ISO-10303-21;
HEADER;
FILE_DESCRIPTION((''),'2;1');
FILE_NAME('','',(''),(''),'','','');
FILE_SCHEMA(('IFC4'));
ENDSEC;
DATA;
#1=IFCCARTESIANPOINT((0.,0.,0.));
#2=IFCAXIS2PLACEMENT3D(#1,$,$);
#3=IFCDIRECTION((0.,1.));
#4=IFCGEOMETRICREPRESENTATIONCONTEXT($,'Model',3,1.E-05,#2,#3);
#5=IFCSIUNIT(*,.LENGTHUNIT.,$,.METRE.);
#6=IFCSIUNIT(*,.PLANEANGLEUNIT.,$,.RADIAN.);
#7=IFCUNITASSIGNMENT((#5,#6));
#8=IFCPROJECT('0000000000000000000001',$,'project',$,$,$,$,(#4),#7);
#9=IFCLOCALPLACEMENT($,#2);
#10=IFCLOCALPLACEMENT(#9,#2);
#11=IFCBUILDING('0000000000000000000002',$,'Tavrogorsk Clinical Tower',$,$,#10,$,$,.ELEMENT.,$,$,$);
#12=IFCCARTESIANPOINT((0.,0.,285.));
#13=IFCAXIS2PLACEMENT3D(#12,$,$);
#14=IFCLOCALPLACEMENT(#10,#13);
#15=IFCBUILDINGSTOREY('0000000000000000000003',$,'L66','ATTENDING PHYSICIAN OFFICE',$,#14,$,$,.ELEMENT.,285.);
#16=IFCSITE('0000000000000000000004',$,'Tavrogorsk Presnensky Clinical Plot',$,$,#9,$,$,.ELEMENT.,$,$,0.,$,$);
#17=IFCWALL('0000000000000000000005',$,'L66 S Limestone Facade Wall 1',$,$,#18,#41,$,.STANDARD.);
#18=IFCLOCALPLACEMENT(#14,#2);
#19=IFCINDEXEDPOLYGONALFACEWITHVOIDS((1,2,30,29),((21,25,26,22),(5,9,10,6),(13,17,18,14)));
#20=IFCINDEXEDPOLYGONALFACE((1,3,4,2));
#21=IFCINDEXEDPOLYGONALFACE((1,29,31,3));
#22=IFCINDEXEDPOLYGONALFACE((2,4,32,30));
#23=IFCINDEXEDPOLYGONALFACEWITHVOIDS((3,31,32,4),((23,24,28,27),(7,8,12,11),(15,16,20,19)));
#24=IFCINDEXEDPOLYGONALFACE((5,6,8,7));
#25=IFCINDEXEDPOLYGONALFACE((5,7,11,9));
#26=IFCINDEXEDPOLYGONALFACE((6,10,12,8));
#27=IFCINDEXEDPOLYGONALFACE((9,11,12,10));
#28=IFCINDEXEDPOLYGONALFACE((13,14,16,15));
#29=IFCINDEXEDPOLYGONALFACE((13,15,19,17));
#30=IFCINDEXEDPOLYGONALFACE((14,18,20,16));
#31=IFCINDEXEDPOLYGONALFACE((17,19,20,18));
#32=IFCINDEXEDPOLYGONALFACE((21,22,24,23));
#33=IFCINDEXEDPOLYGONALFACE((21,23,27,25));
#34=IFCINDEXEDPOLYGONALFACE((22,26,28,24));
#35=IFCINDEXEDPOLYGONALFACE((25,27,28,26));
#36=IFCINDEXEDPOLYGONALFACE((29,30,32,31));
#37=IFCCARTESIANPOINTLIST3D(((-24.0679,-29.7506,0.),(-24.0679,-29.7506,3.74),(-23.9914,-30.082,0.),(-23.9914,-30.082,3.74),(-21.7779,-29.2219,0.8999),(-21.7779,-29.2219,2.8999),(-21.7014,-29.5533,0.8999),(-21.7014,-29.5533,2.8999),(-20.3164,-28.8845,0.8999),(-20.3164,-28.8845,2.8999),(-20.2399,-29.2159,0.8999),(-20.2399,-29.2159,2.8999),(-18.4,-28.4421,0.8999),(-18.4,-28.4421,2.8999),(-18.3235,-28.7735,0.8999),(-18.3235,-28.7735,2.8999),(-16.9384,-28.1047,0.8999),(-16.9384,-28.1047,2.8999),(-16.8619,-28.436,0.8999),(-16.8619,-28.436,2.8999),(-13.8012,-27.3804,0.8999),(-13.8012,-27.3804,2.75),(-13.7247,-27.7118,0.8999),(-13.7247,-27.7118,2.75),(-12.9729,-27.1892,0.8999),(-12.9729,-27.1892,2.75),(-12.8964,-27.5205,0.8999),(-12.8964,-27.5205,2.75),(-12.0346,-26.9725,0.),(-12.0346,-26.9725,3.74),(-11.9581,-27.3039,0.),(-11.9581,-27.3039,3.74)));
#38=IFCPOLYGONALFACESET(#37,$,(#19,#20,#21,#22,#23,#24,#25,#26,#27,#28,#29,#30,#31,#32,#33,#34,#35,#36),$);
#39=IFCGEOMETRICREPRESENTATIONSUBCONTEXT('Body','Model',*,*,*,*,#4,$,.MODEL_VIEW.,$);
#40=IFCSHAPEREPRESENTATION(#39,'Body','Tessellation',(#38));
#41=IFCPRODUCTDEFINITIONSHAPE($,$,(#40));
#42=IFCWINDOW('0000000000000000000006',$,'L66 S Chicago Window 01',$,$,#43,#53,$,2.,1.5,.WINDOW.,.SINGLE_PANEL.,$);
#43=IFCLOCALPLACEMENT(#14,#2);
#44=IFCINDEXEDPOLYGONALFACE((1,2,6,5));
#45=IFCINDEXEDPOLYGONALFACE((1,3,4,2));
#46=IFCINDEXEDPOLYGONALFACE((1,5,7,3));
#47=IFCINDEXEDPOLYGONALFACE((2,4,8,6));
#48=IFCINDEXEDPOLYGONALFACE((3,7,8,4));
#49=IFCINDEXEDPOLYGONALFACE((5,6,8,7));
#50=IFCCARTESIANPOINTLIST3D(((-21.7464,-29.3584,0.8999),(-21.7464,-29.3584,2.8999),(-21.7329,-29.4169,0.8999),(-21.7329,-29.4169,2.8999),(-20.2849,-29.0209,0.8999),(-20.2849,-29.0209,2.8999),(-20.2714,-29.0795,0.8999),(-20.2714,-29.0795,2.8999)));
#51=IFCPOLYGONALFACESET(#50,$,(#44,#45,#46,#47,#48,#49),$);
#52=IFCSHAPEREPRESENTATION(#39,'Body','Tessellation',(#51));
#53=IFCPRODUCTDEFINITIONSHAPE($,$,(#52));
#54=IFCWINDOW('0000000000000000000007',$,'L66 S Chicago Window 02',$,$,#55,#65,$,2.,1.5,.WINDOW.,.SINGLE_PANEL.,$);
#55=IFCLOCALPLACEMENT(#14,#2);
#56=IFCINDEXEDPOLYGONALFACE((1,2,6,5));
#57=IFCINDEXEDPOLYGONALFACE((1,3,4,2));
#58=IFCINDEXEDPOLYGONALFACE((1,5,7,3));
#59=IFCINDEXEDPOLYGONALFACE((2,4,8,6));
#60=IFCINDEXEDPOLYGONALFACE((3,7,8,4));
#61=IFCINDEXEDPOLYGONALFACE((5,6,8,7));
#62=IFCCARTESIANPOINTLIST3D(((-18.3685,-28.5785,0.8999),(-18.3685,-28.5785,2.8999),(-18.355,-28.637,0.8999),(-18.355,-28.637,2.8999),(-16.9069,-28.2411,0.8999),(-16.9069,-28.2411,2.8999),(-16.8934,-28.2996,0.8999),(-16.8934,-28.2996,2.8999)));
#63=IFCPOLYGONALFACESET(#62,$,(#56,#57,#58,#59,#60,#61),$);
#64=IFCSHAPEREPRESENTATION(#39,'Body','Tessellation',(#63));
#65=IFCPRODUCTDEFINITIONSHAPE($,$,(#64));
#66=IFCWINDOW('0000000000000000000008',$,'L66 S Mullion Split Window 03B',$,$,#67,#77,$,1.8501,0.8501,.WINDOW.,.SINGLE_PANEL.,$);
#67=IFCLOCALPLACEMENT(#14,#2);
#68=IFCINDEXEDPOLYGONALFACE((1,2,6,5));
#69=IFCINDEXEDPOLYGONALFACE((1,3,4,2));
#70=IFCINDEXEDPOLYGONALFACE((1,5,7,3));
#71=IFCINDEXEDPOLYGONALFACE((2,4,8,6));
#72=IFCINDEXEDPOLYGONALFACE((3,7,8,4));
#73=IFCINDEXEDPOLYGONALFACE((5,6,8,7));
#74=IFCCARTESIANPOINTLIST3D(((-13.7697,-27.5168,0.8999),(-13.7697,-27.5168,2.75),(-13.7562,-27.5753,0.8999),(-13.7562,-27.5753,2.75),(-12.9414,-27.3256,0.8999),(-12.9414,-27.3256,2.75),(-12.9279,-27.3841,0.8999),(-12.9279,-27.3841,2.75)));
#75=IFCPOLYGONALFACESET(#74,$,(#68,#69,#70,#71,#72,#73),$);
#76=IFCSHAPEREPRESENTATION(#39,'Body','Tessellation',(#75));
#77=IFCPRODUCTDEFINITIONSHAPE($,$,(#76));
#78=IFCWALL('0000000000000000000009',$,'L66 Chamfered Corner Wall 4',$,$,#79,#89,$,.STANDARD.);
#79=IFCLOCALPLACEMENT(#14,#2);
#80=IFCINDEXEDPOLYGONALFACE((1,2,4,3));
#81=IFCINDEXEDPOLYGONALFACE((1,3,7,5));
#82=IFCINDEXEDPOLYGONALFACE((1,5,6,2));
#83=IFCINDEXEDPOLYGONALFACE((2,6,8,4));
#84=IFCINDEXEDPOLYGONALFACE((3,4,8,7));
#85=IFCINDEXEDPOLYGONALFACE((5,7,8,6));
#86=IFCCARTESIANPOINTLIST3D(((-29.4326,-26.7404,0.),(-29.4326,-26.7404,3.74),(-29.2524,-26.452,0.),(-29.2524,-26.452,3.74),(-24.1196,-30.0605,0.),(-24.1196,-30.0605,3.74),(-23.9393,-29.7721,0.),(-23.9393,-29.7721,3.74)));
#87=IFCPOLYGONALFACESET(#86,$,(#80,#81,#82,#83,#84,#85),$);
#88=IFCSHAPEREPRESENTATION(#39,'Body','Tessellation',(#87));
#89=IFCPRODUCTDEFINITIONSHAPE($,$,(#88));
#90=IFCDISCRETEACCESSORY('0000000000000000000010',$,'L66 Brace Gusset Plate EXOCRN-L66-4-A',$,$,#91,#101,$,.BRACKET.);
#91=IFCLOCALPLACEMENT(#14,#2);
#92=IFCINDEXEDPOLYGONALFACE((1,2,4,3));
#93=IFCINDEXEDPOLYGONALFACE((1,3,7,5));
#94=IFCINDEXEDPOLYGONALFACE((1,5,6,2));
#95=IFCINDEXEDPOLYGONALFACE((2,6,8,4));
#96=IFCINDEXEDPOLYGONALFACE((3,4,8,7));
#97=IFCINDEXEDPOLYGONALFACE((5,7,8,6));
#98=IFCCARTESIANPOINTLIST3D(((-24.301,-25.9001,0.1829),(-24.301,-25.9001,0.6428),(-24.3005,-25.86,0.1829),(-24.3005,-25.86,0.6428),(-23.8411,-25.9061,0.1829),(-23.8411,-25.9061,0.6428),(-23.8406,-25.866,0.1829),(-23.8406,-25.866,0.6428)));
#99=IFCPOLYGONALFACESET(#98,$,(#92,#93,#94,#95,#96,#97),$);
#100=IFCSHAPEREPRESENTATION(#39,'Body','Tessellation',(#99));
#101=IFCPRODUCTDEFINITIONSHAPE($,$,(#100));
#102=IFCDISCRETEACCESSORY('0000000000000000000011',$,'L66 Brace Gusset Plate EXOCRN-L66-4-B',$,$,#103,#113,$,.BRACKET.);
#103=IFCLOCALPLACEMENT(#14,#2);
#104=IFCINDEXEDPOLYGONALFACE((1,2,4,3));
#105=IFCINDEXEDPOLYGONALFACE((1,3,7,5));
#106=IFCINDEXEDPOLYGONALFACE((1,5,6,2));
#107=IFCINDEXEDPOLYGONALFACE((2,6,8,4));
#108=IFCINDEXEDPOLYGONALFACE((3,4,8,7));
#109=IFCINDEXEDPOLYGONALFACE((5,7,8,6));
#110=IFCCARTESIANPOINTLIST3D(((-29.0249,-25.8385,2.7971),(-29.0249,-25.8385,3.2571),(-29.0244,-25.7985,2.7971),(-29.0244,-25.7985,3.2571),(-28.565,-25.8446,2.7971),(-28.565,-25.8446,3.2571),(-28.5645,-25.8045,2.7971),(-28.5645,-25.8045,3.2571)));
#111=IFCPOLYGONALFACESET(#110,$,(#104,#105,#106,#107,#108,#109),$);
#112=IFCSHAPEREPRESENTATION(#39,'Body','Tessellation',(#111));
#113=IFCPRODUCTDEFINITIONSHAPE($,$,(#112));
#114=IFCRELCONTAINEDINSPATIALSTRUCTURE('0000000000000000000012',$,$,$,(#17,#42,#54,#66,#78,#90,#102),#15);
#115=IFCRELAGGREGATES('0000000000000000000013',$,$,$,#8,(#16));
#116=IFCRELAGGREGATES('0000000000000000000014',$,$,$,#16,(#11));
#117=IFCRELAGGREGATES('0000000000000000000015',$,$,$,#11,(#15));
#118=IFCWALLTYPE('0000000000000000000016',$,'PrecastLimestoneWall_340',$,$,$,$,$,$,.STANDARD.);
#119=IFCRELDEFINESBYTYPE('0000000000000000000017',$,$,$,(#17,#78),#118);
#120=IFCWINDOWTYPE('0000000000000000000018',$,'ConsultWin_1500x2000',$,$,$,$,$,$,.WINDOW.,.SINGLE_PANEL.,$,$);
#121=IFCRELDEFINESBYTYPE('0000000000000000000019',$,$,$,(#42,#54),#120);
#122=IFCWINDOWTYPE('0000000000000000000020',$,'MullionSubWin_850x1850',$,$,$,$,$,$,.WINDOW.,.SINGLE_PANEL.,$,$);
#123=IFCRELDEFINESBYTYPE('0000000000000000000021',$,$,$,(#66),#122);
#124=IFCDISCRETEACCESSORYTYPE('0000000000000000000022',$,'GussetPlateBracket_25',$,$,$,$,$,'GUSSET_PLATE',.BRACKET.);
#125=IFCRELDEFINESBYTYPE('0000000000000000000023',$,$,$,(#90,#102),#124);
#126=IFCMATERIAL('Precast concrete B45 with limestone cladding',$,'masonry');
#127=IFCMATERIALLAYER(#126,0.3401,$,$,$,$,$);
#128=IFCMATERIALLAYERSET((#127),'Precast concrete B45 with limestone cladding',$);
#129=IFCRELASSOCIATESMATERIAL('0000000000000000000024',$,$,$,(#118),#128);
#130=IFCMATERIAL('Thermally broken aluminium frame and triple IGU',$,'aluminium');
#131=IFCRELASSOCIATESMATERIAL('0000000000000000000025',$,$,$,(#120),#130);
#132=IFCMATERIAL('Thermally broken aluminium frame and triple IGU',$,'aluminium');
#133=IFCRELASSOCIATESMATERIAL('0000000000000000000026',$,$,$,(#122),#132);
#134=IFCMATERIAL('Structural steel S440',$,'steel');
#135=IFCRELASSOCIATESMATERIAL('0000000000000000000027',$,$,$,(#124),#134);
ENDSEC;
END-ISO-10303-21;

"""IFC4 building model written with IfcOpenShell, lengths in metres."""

from ifc_helpers import new_model, si_unit, direction, frame, frame_2d, origin, origin_2d, place, context, subcontext, project, spatial, rectangle, extrude, material, layer, layer_set, type_object, element, fill, save


model = new_model("IFC4")

# Units and contexts
model_context = context("Model", 3, precision=1e-05, world=origin(), true_north=direction((0.0, 1.0)))
body_context = subcontext(model_context, "Body", "Model", "MODEL_VIEW")
ifc_project = project(units=[si_unit("LENGTHUNIT", "METRE"), si_unit("PLANEANGLEUNIT", "RADIAN")], contexts=[model_context])

# Site, building, storey
site_placement = place(None, origin())
site = spatial("IfcSite", under=ifc_project, at=site_placement, Name="Tavrogorsk Presnensky Clinical Plot", CompositionType="ELEMENT", RefElevation=0.0)
building_placement = place(site_placement, origin())
building = spatial("IfcBuilding", under=site, at=building_placement, Name="Tavrogorsk Clinical Tower", CompositionType="ELEMENT")
storey_placement = place(building_placement, frame((0.0, 0.0, 285.0)))
storey = spatial("IfcBuildingStorey", under=building, at=storey_placement, Name="L66", Description="ATTENDING PHYSICIAN OFFICE", CompositionType="ELEMENT", Elevation=285.0)

# Wall, openings, windows
ifc_material_1 = material(Name="Precast concrete B45 with limestone cladding", Category="masonry")
ifc_layer_1 = layer(ifc_material_1, 0.3401)
ifc_layer_set_1 = layer_set([ifc_layer_1], Name="Precast concrete B45 with limestone cladding")
wall_type_1 = type_object("IfcWallType", Name="PrecastLimestoneWall_340", PredefinedType="STANDARD", material=ifc_layer_set_1)
wall_1_placement = place(storey_placement, frame((-24.0295, -29.9163, 0.0), z_axis=(0.0, 0.0, 1.0), x_axis=(0.974371, 0.224946, 0.0)))
wall_1 = element("IfcWall", 1, at=wall_1_placement, inside=storey, type_object=wall_type_1, Name="L66 S Limestone Facade Wall 1", PredefinedType="STANDARD", context=body_context, shape_type="SweptSolid", body=[
    extrude(rectangle(XDim=12.3499, YDim=0.3401, at=frame_2d((6.1748, 0.0))), origin(), (0.0, 0.0, 1.0), 3.74),
])
opening_1_placement = place(wall_1_placement, frame((2.3501, 0.0, 0.8999)))
opening_1 = element("IfcOpeningElement", 2, at=opening_1_placement, cuts=wall_1, PredefinedType="OPENING", context=body_context, shape_type="SweptSolid", body=[
    extrude(rectangle(XDim=1.5, YDim=2.0, at=frame_2d((0.75, 1.0))), frame((0.0, 0.1799, 0.0), z_axis=(0.0, -1.0, 0.0), x_axis=(1.0, 0.0, 0.0)), (0.0, 0.0, 1.0), 0.3601),
])
opening_2_placement = place(wall_1_placement, frame((5.8169, 0.0, 0.8999)))
opening_2 = element("IfcOpeningElement", 3, at=opening_2_placement, cuts=wall_1, PredefinedType="OPENING", context=body_context, shape_type="SweptSolid", body=[
    extrude(rectangle(XDim=1.5, YDim=2.0, at=frame_2d((0.75, 1.0))), frame((0.0, 0.1799, 0.0), z_axis=(0.0, -1.0, 0.0), x_axis=(1.0, 0.0, 0.0)), (0.0, 0.0, 1.0), 0.3601),
])
opening_3_placement = place(wall_1_placement, frame((10.5366, 0.0, 0.8999)))
opening_3 = element("IfcOpeningElement", 4, at=opening_3_placement, cuts=wall_1, PredefinedType="OPENING", context=body_context, shape_type="SweptSolid", body=[
    extrude(rectangle(XDim=0.8501, YDim=1.8501, at=frame_2d((0.425, 0.925))), frame((0.0, 0.1799, 0.0), z_axis=(0.0, -1.0, 0.0), x_axis=(1.0, 0.0, 0.0)), (0.0, 0.0, 1.0), 0.3601),
])
ifc_material_2 = material(Name="Thermally broken aluminium frame and triple IGU", Category="aluminium")
window_type_1 = type_object("IfcWindowType", Name="ConsultWin_1500x2000", PartitioningType="SINGLE_PANEL", PredefinedType="WINDOW", material=ifc_material_2)
window_1_placement = place(opening_1_placement, origin())
window_1 = element("IfcWindow", 5, at=window_1_placement, inside=storey, type_object=window_type_1, Name="L66 S Chicago Window 01", OverallHeight=2.0, OverallWidth=1.5, PartitioningType="SINGLE_PANEL", PredefinedType="WINDOW", context=body_context, shape_type="SweptSolid", body=[
    extrude(rectangle(XDim=1.5, YDim=2.0, at=frame_2d((0.75, 1.0))), frame((0.0, 0.03, 0.0), z_axis=(0.0, -1.0, 0.0), x_axis=(1.0, 0.0, 0.0)), (0.0, 0.0, 1.0), 0.0601),
])
fill(opening_1, window_1)
window_2_placement = place(opening_2_placement, origin())
window_2 = element("IfcWindow", 6, at=window_2_placement, inside=storey, type_object=window_type_1, Name="L66 S Chicago Window 02", OverallHeight=2.0, OverallWidth=1.5, PartitioningType="SINGLE_PANEL", PredefinedType="WINDOW", context=body_context, shape_type="SweptSolid", body=[
    extrude(rectangle(XDim=1.5, YDim=2.0, at=frame_2d((0.75, 1.0))), frame((0.0, 0.03, 0.0), z_axis=(0.0, -1.0, 0.0), x_axis=(1.0, 0.0, 0.0)), (0.0, 0.0, 1.0), 0.0601),
])
fill(opening_2, window_2)
ifc_material_3 = material(Name="Thermally broken aluminium frame and triple IGU", Category="aluminium")
window_type_2 = type_object("IfcWindowType", Name="MullionSubWin_850x1850", PartitioningType="SINGLE_PANEL", PredefinedType="WINDOW", material=ifc_material_3)
window_3_placement = place(opening_3_placement, origin())
window_3 = element("IfcWindow", 7, at=window_3_placement, inside=storey, type_object=window_type_2, Name="L66 S Mullion Split Window 03B", OverallHeight=1.8501, OverallWidth=0.8501, PartitioningType="SINGLE_PANEL", PredefinedType="WINDOW", context=body_context, shape_type="SweptSolid", body=[
    extrude(rectangle(XDim=0.8501, YDim=1.8501, at=frame_2d((0.425, 0.925))), frame((0.0, 0.03, 0.0), z_axis=(0.0, -1.0, 0.0), x_axis=(1.0, 0.0, 0.0)), (0.0, 0.0, 1.0), 0.0601),
])
fill(opening_3, window_3)

# Wall
wall_2_placement = place(storey_placement, frame((-29.3425, -26.5962, 0.0), z_axis=(0.0, 0.0, 1.0), x_axis=(0.848038, -0.529936, 0.0)))
element("IfcWall", 8, at=wall_2_placement, inside=storey, type_object=wall_type_1, Name="L66 Chamfered Corner Wall 4", PredefinedType="STANDARD", context=body_context, shape_type="SweptSolid", body=[
    extrude(rectangle(XDim=6.2651, YDim=0.3401, at=frame_2d((3.1326, 0.0))), origin(), (0.0, 0.0, 1.0), 3.74),
])

# Discrete accessories
ifc_material_4 = material(Name="Structural steel S440", Category="steel")
discrete_accessory_type = type_object("IfcDiscreteAccessoryType", Name="GussetPlateBracket_25", ElementType="GUSSET_PLATE", PredefinedType="BRACKET", material=ifc_material_4)
for number, where, z_axis, x_axis, name in (
    (9, (-24.0708, -25.8831, 0.1829), (0.0, 0.0, 1.0), (-0.999914, 0.01309, 0.0), "L66 Brace Gusset Plate EXOCRN-L66-4-A"),
    (10, (-28.7947, -25.8215, 2.7971), (0.0, 0.0, 1.0), (-0.999914, 0.01309, 0.0), "L66 Brace Gusset Plate EXOCRN-L66-4-B"),
):
    element("IfcDiscreteAccessory", number, at=place(storey_placement, frame(where, z_axis=z_axis, x_axis=x_axis)), inside=storey, type_object=discrete_accessory_type, Name=name, PredefinedType="BRACKET", context=body_context, shape_type="SweptSolid", body=[
        extrude(rectangle(XDim=0.46, YDim=0.04, at=origin_2d()), origin(), (0.0, 0.0, 1.0), 0.46),
    ])

save(model, "model.ifc")
